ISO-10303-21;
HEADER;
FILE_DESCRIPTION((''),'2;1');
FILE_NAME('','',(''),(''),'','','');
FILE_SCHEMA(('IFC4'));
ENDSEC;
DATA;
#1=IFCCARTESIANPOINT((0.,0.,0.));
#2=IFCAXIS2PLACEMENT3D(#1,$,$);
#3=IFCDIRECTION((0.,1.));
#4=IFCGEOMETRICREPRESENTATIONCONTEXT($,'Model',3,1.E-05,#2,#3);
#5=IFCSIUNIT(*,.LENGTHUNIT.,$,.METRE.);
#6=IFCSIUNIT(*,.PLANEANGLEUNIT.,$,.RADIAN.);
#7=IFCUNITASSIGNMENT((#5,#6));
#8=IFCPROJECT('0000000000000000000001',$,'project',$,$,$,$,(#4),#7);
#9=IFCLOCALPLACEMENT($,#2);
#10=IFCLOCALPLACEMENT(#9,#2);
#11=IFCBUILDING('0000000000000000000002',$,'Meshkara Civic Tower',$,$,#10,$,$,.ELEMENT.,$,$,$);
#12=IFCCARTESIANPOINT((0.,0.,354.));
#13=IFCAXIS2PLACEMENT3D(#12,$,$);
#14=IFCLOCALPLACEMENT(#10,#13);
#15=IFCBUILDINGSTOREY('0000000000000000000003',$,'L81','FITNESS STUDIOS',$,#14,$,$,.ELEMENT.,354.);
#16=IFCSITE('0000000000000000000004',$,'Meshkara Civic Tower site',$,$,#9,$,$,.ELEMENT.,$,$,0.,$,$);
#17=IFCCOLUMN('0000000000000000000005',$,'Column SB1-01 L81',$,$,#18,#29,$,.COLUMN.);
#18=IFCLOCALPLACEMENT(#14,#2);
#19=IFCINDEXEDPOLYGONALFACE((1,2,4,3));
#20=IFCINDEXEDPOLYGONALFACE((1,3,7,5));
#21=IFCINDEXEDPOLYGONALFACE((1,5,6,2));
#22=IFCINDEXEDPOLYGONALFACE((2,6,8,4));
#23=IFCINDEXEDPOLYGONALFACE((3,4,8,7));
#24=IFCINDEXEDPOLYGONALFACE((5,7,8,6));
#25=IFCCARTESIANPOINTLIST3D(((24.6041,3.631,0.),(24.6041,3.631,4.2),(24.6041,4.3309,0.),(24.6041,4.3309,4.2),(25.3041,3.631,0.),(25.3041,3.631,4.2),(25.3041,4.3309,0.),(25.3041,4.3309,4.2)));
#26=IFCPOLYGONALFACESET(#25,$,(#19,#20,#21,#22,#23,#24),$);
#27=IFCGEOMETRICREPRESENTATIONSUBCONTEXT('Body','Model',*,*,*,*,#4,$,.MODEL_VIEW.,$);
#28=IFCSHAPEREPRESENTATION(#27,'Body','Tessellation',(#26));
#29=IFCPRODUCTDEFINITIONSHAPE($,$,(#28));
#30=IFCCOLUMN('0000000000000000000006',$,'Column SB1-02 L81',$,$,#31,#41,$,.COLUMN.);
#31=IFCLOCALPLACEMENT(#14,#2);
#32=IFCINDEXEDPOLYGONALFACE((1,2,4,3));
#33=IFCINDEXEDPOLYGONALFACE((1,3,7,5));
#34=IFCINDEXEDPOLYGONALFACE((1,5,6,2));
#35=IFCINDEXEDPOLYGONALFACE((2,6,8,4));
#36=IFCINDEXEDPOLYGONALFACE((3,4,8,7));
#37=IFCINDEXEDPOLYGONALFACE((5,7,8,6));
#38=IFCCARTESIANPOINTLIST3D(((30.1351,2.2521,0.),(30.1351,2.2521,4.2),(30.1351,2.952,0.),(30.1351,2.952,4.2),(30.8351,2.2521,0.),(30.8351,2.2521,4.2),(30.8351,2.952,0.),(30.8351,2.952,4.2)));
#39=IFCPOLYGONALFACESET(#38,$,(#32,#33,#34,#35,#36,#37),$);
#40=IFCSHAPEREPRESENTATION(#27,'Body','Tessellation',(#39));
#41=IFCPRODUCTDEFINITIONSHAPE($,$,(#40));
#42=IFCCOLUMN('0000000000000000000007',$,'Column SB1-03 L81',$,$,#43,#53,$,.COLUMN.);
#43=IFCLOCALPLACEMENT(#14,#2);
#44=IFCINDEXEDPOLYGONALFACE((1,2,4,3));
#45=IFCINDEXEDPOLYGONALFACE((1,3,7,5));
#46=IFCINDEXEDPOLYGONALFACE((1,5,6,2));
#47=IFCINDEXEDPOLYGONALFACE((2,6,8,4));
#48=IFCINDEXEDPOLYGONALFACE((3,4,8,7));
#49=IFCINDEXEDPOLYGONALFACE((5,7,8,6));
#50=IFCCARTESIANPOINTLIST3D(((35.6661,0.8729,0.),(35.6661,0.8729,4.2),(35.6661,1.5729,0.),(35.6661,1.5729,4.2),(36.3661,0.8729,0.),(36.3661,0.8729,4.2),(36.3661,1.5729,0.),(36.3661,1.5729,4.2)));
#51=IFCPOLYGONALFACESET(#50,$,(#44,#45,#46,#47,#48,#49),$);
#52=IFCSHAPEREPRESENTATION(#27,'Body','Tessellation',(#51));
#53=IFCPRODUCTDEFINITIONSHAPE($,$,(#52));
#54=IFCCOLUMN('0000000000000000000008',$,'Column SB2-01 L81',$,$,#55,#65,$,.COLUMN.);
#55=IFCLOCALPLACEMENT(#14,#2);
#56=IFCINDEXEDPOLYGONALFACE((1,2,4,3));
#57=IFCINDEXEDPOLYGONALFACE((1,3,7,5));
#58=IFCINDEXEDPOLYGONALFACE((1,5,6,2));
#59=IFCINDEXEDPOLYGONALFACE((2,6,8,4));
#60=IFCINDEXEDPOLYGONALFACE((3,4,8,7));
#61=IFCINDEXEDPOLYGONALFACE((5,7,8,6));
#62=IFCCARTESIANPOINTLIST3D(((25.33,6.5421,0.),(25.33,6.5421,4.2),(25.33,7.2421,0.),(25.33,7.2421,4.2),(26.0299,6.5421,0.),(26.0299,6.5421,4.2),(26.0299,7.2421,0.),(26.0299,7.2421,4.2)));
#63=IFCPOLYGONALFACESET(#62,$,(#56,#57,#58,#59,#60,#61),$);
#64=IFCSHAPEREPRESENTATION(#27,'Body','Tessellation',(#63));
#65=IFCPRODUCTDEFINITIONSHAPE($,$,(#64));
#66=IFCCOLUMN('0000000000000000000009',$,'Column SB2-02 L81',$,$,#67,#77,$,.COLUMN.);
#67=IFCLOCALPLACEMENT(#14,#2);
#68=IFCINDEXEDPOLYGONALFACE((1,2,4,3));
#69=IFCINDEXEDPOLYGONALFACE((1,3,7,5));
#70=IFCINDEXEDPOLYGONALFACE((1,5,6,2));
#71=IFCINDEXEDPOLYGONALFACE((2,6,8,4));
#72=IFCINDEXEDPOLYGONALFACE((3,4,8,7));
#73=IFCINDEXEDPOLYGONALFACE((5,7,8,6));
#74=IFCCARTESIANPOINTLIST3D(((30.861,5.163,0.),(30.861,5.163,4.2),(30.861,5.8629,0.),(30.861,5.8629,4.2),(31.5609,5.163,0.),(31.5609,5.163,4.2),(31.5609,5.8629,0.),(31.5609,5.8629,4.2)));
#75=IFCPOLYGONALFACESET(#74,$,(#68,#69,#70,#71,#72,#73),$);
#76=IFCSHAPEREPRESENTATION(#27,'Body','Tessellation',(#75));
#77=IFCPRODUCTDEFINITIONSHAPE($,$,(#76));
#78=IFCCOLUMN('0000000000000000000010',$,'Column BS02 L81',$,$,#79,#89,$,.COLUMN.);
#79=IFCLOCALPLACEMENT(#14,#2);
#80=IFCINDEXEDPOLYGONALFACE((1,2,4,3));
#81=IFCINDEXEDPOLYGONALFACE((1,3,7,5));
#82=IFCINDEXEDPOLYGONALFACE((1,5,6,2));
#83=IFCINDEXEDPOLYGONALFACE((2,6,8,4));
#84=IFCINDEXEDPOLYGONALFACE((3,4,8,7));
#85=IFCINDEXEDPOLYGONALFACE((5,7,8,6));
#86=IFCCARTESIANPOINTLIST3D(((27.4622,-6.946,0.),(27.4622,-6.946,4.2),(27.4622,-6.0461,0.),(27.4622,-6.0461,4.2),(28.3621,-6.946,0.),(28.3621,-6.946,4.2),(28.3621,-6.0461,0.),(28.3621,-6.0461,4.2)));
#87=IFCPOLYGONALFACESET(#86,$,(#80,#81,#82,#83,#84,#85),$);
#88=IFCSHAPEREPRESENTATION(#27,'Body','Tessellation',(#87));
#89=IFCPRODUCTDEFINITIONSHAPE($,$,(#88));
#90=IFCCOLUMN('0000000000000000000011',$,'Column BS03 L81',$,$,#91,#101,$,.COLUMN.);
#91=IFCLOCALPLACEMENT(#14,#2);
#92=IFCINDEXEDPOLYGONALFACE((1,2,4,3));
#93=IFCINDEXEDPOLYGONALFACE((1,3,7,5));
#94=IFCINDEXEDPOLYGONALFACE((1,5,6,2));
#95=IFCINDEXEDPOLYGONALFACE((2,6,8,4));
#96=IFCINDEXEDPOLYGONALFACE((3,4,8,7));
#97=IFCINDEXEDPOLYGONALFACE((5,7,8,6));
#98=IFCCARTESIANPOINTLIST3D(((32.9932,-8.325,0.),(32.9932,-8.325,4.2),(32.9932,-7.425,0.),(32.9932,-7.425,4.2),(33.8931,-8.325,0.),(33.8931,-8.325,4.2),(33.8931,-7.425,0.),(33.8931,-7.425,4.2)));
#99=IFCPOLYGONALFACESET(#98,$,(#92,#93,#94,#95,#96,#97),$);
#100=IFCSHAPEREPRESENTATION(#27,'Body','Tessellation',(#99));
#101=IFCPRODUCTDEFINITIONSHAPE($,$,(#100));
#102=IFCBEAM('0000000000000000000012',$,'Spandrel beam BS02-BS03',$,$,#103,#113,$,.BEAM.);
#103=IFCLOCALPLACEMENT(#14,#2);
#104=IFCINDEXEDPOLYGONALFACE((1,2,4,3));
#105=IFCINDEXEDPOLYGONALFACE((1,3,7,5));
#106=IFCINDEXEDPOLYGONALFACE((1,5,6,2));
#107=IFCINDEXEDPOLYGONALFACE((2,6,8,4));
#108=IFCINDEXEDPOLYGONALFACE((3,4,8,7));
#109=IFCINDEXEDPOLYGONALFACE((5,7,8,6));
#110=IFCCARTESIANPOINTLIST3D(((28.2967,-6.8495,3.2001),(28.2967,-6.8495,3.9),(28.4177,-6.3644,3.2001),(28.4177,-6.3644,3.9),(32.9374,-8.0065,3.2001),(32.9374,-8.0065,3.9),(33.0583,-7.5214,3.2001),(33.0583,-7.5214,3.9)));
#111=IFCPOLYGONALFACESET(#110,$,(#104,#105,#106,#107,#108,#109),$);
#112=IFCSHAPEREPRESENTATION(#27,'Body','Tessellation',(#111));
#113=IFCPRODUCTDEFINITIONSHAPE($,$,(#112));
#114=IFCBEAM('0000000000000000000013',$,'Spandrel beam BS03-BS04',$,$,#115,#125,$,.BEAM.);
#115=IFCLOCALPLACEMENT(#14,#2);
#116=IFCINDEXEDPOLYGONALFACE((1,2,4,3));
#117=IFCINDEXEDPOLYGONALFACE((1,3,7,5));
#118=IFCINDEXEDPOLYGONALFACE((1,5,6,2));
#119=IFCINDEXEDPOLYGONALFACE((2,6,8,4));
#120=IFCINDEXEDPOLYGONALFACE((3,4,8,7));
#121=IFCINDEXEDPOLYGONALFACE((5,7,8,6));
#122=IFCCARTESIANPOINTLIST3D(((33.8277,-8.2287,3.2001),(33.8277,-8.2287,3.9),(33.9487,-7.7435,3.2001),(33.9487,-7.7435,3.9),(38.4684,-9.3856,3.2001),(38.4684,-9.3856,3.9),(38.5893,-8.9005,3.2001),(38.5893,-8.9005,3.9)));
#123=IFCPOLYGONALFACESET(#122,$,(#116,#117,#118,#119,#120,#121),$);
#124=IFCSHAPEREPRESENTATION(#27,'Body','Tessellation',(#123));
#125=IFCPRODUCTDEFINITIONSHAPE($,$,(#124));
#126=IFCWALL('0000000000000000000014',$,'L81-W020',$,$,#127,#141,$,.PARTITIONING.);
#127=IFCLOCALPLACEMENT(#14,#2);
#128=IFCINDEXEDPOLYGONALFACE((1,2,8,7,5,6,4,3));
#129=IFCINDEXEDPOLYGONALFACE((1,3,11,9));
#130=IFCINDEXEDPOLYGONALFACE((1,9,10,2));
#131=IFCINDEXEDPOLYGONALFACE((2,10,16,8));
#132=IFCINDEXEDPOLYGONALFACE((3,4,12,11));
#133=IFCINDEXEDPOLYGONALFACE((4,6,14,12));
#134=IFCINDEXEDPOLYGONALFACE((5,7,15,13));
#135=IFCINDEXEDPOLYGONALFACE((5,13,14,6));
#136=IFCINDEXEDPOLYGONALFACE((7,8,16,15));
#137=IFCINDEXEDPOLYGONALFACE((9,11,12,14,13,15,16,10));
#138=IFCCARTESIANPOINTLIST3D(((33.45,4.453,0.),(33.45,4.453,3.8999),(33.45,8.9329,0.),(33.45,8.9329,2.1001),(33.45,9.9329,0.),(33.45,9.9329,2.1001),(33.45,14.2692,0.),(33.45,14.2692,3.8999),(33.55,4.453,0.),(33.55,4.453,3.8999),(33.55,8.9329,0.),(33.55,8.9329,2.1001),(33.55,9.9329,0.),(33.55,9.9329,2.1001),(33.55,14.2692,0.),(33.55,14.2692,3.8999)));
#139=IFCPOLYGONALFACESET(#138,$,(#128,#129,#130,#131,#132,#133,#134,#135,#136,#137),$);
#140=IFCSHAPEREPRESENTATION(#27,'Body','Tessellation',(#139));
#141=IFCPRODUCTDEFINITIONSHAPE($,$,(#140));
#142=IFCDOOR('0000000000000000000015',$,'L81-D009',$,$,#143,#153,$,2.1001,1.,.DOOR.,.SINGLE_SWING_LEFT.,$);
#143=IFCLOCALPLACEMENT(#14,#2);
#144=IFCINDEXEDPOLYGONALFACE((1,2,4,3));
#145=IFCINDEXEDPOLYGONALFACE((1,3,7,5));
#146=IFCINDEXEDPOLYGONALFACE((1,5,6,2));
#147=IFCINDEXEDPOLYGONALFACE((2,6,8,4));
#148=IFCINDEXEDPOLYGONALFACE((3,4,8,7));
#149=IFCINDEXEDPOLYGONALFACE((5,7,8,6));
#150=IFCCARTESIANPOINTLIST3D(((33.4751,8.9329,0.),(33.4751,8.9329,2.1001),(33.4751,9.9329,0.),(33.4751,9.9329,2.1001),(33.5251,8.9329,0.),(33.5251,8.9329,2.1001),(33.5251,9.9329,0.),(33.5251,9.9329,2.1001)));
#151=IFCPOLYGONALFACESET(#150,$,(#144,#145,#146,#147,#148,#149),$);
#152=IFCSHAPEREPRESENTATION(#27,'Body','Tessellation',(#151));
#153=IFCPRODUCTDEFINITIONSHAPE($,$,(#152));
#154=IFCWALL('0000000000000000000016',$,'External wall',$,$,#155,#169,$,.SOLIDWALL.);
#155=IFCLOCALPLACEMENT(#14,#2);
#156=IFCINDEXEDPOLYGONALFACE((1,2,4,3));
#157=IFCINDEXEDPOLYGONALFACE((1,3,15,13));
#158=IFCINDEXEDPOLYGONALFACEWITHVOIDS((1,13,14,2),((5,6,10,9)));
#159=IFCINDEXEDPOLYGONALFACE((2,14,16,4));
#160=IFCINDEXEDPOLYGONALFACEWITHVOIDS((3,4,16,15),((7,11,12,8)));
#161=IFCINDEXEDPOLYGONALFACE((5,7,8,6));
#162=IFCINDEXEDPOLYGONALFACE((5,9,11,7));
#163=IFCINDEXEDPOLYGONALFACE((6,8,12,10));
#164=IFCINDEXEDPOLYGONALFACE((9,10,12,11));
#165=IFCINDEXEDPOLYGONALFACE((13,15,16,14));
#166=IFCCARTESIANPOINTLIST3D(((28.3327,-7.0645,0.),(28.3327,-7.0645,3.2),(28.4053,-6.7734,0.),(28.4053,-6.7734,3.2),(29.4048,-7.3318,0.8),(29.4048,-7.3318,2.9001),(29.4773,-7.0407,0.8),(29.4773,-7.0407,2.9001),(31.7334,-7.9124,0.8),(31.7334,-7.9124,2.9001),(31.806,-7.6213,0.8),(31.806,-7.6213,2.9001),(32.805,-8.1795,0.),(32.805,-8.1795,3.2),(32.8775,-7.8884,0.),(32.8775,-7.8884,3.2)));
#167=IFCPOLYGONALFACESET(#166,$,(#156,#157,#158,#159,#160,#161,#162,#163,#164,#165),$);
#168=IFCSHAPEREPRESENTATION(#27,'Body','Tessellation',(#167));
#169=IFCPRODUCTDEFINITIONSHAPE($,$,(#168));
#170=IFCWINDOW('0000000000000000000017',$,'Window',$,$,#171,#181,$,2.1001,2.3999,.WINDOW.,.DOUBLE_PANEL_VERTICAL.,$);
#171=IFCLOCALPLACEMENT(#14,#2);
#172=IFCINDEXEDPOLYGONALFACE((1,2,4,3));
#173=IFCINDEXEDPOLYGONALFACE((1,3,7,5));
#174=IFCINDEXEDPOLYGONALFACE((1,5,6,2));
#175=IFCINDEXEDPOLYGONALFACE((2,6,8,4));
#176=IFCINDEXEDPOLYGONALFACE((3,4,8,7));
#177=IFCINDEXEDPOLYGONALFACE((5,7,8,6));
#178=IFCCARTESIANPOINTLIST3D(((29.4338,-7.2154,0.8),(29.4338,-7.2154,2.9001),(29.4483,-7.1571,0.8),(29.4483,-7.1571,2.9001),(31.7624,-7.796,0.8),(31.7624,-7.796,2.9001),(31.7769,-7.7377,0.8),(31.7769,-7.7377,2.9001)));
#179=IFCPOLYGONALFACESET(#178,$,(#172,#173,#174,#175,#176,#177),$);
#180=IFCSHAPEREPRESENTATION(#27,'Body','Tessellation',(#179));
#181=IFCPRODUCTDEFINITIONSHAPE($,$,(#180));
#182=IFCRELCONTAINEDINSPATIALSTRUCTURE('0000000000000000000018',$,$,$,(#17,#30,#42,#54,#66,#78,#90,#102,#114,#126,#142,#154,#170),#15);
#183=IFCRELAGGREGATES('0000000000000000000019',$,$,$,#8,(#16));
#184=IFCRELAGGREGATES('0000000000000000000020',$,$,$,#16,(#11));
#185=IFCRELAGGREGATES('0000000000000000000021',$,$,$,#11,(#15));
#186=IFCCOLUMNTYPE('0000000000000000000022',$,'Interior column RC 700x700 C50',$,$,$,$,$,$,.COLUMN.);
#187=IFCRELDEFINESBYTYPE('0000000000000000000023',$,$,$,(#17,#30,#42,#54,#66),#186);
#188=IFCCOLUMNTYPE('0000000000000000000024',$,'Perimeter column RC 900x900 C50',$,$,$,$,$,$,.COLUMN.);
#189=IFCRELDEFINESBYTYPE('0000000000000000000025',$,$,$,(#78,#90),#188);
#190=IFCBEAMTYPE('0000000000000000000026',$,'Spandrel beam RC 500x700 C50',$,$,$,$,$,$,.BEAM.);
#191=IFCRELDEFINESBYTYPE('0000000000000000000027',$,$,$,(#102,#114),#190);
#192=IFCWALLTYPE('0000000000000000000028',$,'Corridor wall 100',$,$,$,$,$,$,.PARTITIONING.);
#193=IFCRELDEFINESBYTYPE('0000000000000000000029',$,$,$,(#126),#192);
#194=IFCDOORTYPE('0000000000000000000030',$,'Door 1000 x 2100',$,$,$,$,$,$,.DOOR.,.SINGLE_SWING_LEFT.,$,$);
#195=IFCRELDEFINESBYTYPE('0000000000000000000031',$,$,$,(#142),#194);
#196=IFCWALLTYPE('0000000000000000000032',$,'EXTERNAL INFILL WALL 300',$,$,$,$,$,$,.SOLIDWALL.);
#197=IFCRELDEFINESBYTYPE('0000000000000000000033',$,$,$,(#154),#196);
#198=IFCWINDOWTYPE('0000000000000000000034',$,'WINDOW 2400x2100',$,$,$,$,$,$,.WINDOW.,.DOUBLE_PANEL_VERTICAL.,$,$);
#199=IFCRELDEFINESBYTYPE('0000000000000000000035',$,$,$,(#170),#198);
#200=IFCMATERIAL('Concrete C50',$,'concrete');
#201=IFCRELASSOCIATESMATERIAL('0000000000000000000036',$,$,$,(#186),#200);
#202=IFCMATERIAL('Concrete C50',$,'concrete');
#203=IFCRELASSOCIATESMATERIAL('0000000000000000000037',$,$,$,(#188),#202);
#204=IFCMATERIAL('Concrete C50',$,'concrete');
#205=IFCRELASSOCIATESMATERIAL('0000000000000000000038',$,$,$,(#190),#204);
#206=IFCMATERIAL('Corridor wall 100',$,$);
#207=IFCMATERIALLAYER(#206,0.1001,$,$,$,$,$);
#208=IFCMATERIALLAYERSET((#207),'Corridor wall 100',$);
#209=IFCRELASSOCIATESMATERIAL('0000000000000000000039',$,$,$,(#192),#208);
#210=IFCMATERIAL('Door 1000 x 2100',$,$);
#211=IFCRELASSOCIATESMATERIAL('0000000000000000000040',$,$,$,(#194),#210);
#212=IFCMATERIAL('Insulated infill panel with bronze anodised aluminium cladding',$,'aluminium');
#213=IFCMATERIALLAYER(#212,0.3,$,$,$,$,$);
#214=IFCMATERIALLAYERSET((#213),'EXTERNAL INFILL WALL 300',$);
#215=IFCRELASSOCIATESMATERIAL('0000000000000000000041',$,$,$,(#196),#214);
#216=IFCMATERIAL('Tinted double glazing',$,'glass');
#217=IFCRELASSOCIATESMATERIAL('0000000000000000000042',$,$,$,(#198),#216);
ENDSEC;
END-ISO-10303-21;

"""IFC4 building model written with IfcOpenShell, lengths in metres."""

from ifc_helpers import new_model, si_unit, direction, frame, frame_2d, origin, origin_2d, place, context, subcontext, project, spatial, rectangle, extrude, material, layer, layer_set, material_profile, profile_set, type_object, element, fill, save


model = new_model("IFC4")

# Units and contexts
model_context = context("Model", 3, precision=1e-05, world=origin(), true_north=direction((0.0, 1.0)))
body_context = subcontext(model_context, "Body", "Model", "MODEL_VIEW")
ifc_project = project(units=[si_unit("LENGTHUNIT", "METRE"), si_unit("PLANEANGLEUNIT", "RADIAN")], contexts=[model_context])

# Site, building, storey
site_placement = place(None, origin())
site = spatial("IfcSite", under=ifc_project, at=site_placement, Name="Meshkara Civic Tower site", CompositionType="ELEMENT", RefElevation=0.0)
building_placement = place(site_placement, origin())
building = spatial("IfcBuilding", under=site, at=building_placement, Name="Meshkara Civic Tower", CompositionType="ELEMENT")
storey_placement = place(building_placement, frame((0.0, 0.0, 354.0)))
storey = spatial("IfcBuildingStorey", under=building, at=storey_placement, Name="L81", Description="FITNESS STUDIOS", CompositionType="ELEMENT", Elevation=354.0)

# Columns
ifc_material_1 = material(Name="Concrete C50", Category="concrete")
ifc_material_profile_1 = material_profile(ifc_material_1, rectangle(XDim=0.7, YDim=0.7, at=origin_2d()))
ifc_profile_set_1 = profile_set([ifc_material_profile_1], Name="Concrete C50")
column_type_1 = type_object("IfcColumnType", Name="Interior column RC 700x700 C50", PredefinedType="COLUMN", material=ifc_profile_set_1)
for number, where, z_axis, x_axis, name in (
    (1, (24.9541, 3.981, 0.0), (0.0, 0.0, 1.0), (1.0, 0.0, 0.0), "Column SB1-01 L81"),
    (2, (30.4851, 2.6021, 0.0), (0.0, 0.0, 1.0), (1.0, 0.0, 0.0), "Column SB1-02 L81"),
    (3, (36.0161, 1.2229, 0.0), (0.0, 0.0, 1.0), (1.0, 0.0, 0.0), "Column SB1-03 L81"),
    (4, (25.6799, 6.8921, 0.0), (0.0, 0.0, 1.0), (1.0, 0.0, 0.0), "Column SB2-01 L81"),
    (5, (31.2109, 5.5129, 0.0), (0.0, 0.0, 1.0), (1.0, 0.0, 0.0), "Column SB2-02 L81"),
):
    element("IfcColumn", number, at=place(storey_placement, frame(where, z_axis=z_axis, x_axis=x_axis)), inside=storey, type_object=column_type_1, Name=name, PredefinedType="COLUMN", context=body_context, shape_type="SweptSolid", body=[
        extrude(rectangle(XDim=0.7, YDim=0.7, at=origin_2d()), origin(), (0.0, 0.0, 1.0), 4.2),
    ])
ifc_material_2 = material(Name="Concrete C50", Category="concrete")
ifc_material_profile_2 = material_profile(ifc_material_2, rectangle(XDim=0.8999, YDim=0.8999, at=origin_2d()))
ifc_profile_set_2 = profile_set([ifc_material_profile_2], Name="Concrete C50")
column_type_2 = type_object("IfcColumnType", Name="Perimeter column RC 900x900 C50", PredefinedType="COLUMN", material=ifc_profile_set_2)
for number, where, z_axis, x_axis, name in (
    (6, (27.9121, -6.4961, 0.0), (0.0, 0.0, 1.0), (1.0, 0.0, 0.0), "Column BS02 L81"),
    (7, (33.4431, -7.875, 0.0), (0.0, 0.0, 1.0), (1.0, 0.0, 0.0), "Column BS03 L81"),
):
    element("IfcColumn", number, at=place(storey_placement, frame(where, z_axis=z_axis, x_axis=x_axis)), inside=storey, type_object=column_type_2, Name=name, PredefinedType="COLUMN", context=body_context, shape_type="SweptSolid", body=[
        extrude(rectangle(XDim=0.8999, YDim=0.8999, at=origin_2d()), origin(), (0.0, 0.0, 1.0), 4.2),
    ])

# Beams
ifc_material_3 = material(Name="Concrete C50", Category="concrete")
ifc_material_profile_3 = material_profile(ifc_material_3, rectangle(XDim=0.5, YDim=0.7, at=origin_2d()))
ifc_profile_set_3 = profile_set([ifc_material_profile_3], Name="Concrete C50")
beam_type = type_object("IfcBeamType", Name="Spandrel beam RC 500x700 C50", PredefinedType="BEAM", material=ifc_profile_set_3)
for number, where, z_axis, x_axis, name in (
    (8, (28.3572, -6.6069, 3.55), (0.970298, -0.241911, 0.0), (0.241911, 0.970298, 0.0), "Spandrel beam BS02-BS03"),
    (9, (33.8882, -7.9861, 3.55), (0.970298, -0.241911, 0.0), (0.241911, 0.970298, 0.0), "Spandrel beam BS03-BS04"),
):
    element("IfcBeam", number, at=place(storey_placement, frame(where, z_axis=z_axis, x_axis=x_axis)), inside=storey, type_object=beam_type, Name=name, PredefinedType="BEAM", context=body_context, shape_type="SweptSolid", body=[
        extrude(rectangle(XDim=0.5, YDim=0.7, at=origin_2d()), origin(), (0.0, 0.0, 1.0), 4.7827),
    ])

# Wall, opening, door
ifc_material_4 = material(Name="Corridor wall 100")
ifc_layer_1 = layer(ifc_material_4, 0.1001)
ifc_layer_set_1 = layer_set([ifc_layer_1], Name="Corridor wall 100")
wall_type_1 = type_object("IfcWallType", Name="Corridor wall 100", PredefinedType="PARTITIONING", material=ifc_layer_set_1)
wall_1_placement = place(storey_placement, frame((33.5, 4.4529, 0.0), z_axis=(0.0, 0.0, 1.0), x_axis=(0.0, 1.0, 0.0)))
wall_1 = element("IfcWall", 10, at=wall_1_placement, inside=storey, type_object=wall_type_1, Name="L81-W020", PredefinedType="PARTITIONING", context=body_context, shape_type="SweptSolid", body=[
    extrude(rectangle(XDim=9.8162, YDim=0.1001, at=frame_2d((4.9082, 0.0))), origin(), (0.0, 0.0, 1.0), 3.8999),
])
opening_1_placement = place(wall_1_placement, frame((4.48, 0.0, 0.0)))
opening_1 = element("IfcOpeningElement", 11, at=opening_1_placement, cuts=wall_1, PredefinedType="OPENING", context=body_context, shape_type="SweptSolid", body=[
    extrude(rectangle(XDim=1.0, YDim=2.1001, at=frame_2d((0.5, 1.05))), frame((0.0, 0.0601, 0.0), z_axis=(0.0, -1.0, 0.0), x_axis=(1.0, 0.0, 0.0)), (0.0, 0.0, 1.0), 0.1201),
])
ifc_material_5 = material(Name="Door 1000 x 2100")
door_type = type_object("IfcDoorType", Name="Door 1000 x 2100", OperationType="SINGLE_SWING_LEFT", PredefinedType="DOOR", material=ifc_material_5)
door_placement = place(opening_1_placement, origin())
door = element("IfcDoor", 12, at=door_placement, inside=storey, type_object=door_type, Name="L81-D009", OperationType="SINGLE_SWING_LEFT", OverallHeight=2.1001, OverallWidth=1.0, PredefinedType="DOOR", context=body_context, shape_type="SweptSolid", body=[
    extrude(rectangle(XDim=1.0, YDim=2.1001, at=frame_2d((0.5, 1.05))), frame((0.0, 0.0249, 0.0), z_axis=(0.0, -1.0, 0.0), x_axis=(1.0, 0.0, 0.0)), (0.0, 0.0, 1.0), 0.05),
])
fill(opening_1, door)

# Wall, opening, window
ifc_material_6 = material(Name="Insulated infill panel with bronze anodised aluminium cladding", Category="aluminium")
ifc_layer_2 = layer(ifc_material_6, 0.3)
ifc_layer_set_2 = layer_set([ifc_layer_2], Name="EXTERNAL INFILL WALL 300")
wall_type_2 = type_object("IfcWallType", Name="EXTERNAL INFILL WALL 300", PredefinedType="SOLIDWALL", material=ifc_layer_set_2)
wall_2_placement = place(storey_placement, frame((28.3689, -6.9189, 0.0), z_axis=(0.0, 0.0, 1.0), x_axis=(0.970298, -0.241912, 0.0)))
wall_2 = element("IfcWall", 13, at=wall_2_placement, inside=storey, type_object=wall_type_2, Name="External wall", PredefinedType="SOLIDWALL", context=body_context, shape_type="SweptSolid", body=[
    extrude(rectangle(XDim=4.6091, YDim=0.3, at=frame_2d((2.3047, 0.0))), origin(), (0.0, 0.0, 1.0), 3.2),
])
opening_2_placement = place(wall_2_placement, frame((1.105, 0.0, 0.8)))
opening_2 = element("IfcOpeningElement", 14, at=opening_2_placement, cuts=wall_2, PredefinedType="OPENING", context=body_context, shape_type="SweptSolid", body=[
    extrude(rectangle(XDim=2.3999, YDim=2.1001, at=frame_2d((1.2, 1.05))), frame((0.0, 0.1599, 0.0), z_axis=(0.0, -1.0, 0.0), x_axis=(1.0, 0.0, 0.0)), (0.0, 0.0, 1.0), 0.3201),
])
ifc_material_7 = material(Name="Tinted double glazing", Category="glass")
window_type = type_object("IfcWindowType", Name="WINDOW 2400x2100", PartitioningType="DOUBLE_PANEL_VERTICAL", PredefinedType="WINDOW", material=ifc_material_7)
window_1_placement = place(opening_2_placement, origin())
window_1 = element("IfcWindow", 15, at=window_1_placement, inside=storey, type_object=window_type, Name="Window", OverallHeight=2.1001, OverallWidth=2.3999, PartitioningType="DOUBLE_PANEL_VERTICAL", PredefinedType="WINDOW", context=body_context, shape_type="SweptSolid", body=[
    extrude(rectangle(XDim=2.3999, YDim=2.1001, at=frame_2d((1.2, 1.05))), frame((0.0, 0.03, 0.0), z_axis=(0.0, -1.0, 0.0), x_axis=(1.0, 0.0, 0.0)), (0.0, 0.0, 1.0), 0.0601),
])
fill(opening_2, window_1)

save(model, "model.ifc")
